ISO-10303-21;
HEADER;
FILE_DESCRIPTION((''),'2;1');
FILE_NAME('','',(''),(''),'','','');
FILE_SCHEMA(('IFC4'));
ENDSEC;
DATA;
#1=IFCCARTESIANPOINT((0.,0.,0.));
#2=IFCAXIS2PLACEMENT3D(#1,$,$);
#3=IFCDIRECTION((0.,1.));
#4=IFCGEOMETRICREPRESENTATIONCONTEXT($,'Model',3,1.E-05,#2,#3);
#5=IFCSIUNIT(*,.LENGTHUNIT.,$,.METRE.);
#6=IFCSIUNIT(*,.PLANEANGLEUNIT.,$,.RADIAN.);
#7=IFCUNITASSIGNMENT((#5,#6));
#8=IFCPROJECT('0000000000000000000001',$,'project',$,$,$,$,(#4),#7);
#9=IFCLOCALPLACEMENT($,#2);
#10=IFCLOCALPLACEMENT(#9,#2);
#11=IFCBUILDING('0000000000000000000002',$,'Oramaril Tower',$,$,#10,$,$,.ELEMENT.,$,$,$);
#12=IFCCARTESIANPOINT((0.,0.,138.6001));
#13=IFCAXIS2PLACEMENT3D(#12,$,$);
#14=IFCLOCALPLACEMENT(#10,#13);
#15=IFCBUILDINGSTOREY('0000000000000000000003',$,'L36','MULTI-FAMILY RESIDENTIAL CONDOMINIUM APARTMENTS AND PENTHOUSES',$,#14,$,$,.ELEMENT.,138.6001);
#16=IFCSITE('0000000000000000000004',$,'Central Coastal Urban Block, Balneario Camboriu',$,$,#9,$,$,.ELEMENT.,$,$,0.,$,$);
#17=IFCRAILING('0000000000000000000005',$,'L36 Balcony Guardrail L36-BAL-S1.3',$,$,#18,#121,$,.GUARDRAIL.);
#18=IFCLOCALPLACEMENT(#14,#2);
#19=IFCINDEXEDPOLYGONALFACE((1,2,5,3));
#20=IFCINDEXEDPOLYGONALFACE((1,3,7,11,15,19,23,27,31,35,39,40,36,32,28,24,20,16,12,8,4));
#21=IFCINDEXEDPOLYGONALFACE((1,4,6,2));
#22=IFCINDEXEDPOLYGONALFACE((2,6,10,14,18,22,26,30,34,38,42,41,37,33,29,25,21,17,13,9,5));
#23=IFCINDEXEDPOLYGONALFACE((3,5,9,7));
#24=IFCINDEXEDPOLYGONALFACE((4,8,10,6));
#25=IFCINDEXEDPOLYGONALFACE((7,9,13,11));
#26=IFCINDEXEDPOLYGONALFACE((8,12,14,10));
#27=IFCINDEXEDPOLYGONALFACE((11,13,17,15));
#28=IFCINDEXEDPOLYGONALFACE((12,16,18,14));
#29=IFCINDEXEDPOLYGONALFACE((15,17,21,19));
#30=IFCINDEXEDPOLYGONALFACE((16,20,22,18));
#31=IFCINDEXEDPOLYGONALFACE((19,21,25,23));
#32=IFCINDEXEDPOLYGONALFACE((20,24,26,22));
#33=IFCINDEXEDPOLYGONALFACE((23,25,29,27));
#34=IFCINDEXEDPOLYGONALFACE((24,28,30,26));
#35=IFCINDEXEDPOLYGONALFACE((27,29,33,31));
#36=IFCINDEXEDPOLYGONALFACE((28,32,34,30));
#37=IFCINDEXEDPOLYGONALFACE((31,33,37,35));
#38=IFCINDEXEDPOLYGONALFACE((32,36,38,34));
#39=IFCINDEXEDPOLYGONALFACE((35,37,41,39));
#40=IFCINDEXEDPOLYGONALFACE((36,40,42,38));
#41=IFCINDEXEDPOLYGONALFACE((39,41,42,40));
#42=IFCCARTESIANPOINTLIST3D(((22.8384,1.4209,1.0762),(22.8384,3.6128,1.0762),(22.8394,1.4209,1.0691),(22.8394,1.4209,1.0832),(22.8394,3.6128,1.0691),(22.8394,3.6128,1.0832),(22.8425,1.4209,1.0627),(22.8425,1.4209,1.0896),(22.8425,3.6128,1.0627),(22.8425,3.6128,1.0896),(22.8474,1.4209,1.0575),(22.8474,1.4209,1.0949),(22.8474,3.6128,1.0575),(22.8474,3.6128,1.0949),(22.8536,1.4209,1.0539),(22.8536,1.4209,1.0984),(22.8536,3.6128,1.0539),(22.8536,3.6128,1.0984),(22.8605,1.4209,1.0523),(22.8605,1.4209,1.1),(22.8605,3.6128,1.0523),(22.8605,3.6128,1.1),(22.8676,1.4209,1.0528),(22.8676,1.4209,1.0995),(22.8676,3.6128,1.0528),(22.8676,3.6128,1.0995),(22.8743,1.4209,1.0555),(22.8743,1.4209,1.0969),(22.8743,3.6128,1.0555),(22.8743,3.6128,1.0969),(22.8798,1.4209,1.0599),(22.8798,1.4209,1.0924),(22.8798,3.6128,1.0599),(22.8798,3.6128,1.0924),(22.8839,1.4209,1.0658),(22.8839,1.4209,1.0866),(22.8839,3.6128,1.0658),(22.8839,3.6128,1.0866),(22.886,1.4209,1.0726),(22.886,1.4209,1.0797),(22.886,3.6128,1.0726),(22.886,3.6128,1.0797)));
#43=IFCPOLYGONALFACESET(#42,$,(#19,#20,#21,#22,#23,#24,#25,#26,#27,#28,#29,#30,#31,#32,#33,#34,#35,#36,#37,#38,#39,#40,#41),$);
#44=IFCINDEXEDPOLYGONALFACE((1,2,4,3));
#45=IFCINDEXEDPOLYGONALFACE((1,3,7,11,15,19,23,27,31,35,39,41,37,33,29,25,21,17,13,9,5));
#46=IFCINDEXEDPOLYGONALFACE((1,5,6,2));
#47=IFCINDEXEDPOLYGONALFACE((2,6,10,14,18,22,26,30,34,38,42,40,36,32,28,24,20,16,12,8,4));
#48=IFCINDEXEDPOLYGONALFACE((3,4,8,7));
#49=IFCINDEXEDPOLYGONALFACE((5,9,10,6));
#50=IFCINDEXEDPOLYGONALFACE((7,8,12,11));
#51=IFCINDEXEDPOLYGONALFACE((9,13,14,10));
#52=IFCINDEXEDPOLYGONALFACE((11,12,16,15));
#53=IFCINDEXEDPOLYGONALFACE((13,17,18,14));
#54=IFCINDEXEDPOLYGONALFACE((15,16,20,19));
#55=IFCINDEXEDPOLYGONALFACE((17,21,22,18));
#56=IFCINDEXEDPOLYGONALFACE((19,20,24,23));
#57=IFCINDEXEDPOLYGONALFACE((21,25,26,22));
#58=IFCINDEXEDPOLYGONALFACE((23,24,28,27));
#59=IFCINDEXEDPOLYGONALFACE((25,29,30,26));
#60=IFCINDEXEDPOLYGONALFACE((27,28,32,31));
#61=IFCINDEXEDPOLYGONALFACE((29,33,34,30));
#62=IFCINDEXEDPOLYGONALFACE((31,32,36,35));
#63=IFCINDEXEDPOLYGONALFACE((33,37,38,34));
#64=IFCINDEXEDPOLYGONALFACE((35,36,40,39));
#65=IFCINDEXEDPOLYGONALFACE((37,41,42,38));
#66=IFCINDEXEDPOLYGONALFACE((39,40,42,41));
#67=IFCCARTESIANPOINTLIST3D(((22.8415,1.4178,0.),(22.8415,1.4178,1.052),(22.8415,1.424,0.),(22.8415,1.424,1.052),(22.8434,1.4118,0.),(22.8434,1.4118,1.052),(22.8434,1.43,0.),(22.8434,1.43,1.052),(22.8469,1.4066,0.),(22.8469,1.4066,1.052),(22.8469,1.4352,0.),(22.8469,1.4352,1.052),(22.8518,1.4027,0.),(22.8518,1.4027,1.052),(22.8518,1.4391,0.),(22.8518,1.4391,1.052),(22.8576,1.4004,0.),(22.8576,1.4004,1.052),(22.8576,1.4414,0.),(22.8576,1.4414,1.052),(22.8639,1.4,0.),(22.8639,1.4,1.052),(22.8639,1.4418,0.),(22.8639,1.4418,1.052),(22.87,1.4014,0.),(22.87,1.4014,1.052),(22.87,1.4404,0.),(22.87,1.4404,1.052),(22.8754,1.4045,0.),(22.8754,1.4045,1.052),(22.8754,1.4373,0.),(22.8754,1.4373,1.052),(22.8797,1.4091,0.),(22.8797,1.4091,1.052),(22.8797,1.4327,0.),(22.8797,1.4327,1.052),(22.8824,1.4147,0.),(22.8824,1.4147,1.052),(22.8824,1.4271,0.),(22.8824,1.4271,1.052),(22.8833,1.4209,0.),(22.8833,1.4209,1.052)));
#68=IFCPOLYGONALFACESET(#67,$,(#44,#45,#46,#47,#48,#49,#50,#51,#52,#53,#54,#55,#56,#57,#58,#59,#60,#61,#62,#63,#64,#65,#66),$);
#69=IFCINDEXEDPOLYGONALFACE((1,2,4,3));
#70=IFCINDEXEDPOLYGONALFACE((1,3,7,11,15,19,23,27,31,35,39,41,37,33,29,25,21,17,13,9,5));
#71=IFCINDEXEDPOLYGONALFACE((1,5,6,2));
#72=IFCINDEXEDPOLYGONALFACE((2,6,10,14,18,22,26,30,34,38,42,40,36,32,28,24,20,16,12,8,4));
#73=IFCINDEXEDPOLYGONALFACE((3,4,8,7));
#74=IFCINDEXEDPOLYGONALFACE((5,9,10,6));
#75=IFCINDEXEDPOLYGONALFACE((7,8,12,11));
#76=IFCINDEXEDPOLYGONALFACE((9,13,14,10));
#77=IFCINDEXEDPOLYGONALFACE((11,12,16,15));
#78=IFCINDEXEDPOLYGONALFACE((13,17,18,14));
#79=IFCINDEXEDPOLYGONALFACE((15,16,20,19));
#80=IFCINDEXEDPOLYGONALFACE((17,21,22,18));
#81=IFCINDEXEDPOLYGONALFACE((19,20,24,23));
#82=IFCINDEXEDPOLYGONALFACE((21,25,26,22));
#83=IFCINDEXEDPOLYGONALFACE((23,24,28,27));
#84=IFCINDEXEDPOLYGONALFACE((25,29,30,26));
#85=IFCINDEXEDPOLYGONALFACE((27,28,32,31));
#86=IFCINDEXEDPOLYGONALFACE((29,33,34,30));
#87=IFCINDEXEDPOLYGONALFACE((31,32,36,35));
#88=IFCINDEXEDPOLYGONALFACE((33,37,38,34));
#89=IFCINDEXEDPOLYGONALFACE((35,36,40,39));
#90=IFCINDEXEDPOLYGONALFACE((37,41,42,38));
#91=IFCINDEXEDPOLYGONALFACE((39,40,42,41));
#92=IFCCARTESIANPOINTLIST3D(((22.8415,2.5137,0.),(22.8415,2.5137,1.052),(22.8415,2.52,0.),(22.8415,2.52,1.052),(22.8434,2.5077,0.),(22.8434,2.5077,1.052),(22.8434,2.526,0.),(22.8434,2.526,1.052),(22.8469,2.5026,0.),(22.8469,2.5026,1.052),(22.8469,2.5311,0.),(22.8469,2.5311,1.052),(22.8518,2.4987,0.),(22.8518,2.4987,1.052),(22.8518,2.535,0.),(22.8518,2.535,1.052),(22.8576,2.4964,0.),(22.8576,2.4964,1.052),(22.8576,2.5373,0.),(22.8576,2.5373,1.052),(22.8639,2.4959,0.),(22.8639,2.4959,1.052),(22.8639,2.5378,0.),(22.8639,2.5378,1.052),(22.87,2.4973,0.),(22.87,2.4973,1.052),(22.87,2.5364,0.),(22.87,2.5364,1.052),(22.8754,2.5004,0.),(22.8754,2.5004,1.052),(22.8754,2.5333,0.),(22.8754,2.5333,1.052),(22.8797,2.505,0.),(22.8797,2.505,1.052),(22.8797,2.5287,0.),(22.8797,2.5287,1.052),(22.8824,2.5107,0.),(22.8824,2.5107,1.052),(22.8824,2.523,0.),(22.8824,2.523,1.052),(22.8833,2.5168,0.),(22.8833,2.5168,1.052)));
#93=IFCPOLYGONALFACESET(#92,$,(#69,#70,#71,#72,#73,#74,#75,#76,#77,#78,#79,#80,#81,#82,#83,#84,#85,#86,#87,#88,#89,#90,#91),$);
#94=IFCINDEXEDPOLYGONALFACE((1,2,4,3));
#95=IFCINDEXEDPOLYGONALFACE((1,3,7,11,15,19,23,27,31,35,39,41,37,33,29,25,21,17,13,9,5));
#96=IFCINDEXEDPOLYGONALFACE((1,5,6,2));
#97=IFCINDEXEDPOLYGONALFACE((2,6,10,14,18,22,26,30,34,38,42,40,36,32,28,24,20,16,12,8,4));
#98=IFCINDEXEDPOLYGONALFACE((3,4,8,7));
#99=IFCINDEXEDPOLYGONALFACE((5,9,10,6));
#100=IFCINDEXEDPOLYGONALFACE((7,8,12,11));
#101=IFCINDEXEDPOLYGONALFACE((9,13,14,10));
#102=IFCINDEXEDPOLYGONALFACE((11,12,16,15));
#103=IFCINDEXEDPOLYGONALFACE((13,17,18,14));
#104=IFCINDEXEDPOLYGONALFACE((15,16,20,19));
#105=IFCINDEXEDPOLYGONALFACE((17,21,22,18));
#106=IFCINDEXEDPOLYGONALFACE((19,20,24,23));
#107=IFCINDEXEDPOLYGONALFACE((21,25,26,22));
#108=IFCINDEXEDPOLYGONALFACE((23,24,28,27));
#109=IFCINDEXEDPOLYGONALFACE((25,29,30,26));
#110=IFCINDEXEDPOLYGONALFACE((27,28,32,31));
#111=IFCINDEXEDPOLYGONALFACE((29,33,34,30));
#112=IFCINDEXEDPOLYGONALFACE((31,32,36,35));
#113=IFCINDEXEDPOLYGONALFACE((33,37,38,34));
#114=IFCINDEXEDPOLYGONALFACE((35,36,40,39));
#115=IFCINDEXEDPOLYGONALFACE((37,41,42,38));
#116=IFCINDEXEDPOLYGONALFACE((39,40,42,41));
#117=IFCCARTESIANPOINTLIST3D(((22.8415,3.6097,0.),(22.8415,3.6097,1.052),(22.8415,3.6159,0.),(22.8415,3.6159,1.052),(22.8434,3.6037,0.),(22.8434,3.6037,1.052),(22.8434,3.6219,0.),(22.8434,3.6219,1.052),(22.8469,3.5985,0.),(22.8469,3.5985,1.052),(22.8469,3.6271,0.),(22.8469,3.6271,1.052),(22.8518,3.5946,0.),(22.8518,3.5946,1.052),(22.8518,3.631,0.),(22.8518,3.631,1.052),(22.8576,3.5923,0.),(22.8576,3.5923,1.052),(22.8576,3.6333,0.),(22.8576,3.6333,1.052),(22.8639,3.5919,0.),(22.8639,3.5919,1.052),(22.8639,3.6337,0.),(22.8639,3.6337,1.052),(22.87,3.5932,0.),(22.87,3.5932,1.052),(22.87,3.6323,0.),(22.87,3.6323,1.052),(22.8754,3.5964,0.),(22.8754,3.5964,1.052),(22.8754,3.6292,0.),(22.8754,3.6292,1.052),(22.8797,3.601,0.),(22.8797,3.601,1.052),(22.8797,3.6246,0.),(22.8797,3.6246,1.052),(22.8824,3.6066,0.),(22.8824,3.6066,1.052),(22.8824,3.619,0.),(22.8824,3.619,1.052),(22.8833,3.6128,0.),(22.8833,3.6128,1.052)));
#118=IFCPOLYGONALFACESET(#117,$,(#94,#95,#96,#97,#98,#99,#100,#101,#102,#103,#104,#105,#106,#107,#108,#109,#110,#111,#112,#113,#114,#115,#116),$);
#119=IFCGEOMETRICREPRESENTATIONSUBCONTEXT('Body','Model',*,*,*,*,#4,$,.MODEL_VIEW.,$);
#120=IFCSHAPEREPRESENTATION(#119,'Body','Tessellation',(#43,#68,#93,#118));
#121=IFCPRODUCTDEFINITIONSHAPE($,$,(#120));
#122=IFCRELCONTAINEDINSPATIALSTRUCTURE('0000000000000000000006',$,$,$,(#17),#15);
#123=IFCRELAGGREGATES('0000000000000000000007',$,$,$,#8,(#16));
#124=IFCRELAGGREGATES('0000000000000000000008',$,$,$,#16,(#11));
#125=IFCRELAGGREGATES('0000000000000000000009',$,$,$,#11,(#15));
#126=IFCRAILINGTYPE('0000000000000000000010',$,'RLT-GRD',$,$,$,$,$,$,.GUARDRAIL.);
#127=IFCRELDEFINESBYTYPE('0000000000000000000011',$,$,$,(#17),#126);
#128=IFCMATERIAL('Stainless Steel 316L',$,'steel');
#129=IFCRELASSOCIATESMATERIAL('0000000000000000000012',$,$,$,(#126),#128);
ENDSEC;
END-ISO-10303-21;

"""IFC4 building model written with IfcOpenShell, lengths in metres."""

from ifc_helpers import new_model, si_unit, direction, frame, origin, origin_2d, place, context, subcontext, project, spatial, circle, extrude, material, type_object, element, save


model = new_model("IFC4")

# Units and contexts
model_context = context("Model", 3, precision=1e-05, world=origin(), true_north=direction((0.0, 1.0)))
body_context = subcontext(model_context, "Body", "Model", "MODEL_VIEW")
ifc_project = project(units=[si_unit("LENGTHUNIT", "METRE"), si_unit("PLANEANGLEUNIT", "RADIAN")], contexts=[model_context])

# Site, building, storey
site_placement = place(None, origin())
site = spatial("IfcSite", under=ifc_project, at=site_placement, Name="Central Coastal Urban Block, Balneario Camboriu", CompositionType="ELEMENT", RefElevation=0.0)
building_placement = place(site_placement, origin())
building = spatial("IfcBuilding", under=site, at=building_placement, Name="Oramaril Tower", CompositionType="ELEMENT")
storey_placement = place(building_placement, frame((0.0, 0.0, 138.6001)))
storey = spatial("IfcBuildingStorey", under=building, at=storey_placement, Name="L36", Description="MULTI-FAMILY RESIDENTIAL CONDOMINIUM APARTMENTS AND PENTHOUSES", CompositionType="ELEMENT", Elevation=138.6001)

# Railing
ifc_material_1 = material(Name="Stainless Steel 316L", Category="steel")
railing_type = type_object("IfcRailingType", Name="RLT-GRD", PredefinedType="GUARDRAIL", material=ifc_material_1)
railing_placement = place(storey_placement, frame((22.8623, 1.4209, 0.0)))
element("IfcRailing", 1, at=railing_placement, inside=storey, type_object=railing_type, Name="L36 Balcony Guardrail L36-BAL-S1.3", PredefinedType="GUARDRAIL", context=body_context, shape_type="SweptSolid", body=[
    extrude(circle(Radius=0.0239, at=origin_2d()), frame((0.0, 0.0, 1.0762), z_axis=(0.0, 1.0, 0.0), x_axis=(-1.0, 0.0, 0.0)), (0.0, 0.0, 1.0), 2.1919),
    extrude(circle(Radius=0.021, at=origin_2d()), origin(), (0.0, 0.0, 1.0), 1.052),
    extrude(circle(Radius=0.021, at=origin_2d()), frame((0.0, 1.0959, 0.0)), (0.0, 0.0, 1.0), 1.052),
    extrude(circle(Radius=0.021, at=origin_2d()), frame((0.0, 2.1919, 0.0)), (0.0, 0.0, 1.0), 1.052),
])

save(model, "model.ifc")
